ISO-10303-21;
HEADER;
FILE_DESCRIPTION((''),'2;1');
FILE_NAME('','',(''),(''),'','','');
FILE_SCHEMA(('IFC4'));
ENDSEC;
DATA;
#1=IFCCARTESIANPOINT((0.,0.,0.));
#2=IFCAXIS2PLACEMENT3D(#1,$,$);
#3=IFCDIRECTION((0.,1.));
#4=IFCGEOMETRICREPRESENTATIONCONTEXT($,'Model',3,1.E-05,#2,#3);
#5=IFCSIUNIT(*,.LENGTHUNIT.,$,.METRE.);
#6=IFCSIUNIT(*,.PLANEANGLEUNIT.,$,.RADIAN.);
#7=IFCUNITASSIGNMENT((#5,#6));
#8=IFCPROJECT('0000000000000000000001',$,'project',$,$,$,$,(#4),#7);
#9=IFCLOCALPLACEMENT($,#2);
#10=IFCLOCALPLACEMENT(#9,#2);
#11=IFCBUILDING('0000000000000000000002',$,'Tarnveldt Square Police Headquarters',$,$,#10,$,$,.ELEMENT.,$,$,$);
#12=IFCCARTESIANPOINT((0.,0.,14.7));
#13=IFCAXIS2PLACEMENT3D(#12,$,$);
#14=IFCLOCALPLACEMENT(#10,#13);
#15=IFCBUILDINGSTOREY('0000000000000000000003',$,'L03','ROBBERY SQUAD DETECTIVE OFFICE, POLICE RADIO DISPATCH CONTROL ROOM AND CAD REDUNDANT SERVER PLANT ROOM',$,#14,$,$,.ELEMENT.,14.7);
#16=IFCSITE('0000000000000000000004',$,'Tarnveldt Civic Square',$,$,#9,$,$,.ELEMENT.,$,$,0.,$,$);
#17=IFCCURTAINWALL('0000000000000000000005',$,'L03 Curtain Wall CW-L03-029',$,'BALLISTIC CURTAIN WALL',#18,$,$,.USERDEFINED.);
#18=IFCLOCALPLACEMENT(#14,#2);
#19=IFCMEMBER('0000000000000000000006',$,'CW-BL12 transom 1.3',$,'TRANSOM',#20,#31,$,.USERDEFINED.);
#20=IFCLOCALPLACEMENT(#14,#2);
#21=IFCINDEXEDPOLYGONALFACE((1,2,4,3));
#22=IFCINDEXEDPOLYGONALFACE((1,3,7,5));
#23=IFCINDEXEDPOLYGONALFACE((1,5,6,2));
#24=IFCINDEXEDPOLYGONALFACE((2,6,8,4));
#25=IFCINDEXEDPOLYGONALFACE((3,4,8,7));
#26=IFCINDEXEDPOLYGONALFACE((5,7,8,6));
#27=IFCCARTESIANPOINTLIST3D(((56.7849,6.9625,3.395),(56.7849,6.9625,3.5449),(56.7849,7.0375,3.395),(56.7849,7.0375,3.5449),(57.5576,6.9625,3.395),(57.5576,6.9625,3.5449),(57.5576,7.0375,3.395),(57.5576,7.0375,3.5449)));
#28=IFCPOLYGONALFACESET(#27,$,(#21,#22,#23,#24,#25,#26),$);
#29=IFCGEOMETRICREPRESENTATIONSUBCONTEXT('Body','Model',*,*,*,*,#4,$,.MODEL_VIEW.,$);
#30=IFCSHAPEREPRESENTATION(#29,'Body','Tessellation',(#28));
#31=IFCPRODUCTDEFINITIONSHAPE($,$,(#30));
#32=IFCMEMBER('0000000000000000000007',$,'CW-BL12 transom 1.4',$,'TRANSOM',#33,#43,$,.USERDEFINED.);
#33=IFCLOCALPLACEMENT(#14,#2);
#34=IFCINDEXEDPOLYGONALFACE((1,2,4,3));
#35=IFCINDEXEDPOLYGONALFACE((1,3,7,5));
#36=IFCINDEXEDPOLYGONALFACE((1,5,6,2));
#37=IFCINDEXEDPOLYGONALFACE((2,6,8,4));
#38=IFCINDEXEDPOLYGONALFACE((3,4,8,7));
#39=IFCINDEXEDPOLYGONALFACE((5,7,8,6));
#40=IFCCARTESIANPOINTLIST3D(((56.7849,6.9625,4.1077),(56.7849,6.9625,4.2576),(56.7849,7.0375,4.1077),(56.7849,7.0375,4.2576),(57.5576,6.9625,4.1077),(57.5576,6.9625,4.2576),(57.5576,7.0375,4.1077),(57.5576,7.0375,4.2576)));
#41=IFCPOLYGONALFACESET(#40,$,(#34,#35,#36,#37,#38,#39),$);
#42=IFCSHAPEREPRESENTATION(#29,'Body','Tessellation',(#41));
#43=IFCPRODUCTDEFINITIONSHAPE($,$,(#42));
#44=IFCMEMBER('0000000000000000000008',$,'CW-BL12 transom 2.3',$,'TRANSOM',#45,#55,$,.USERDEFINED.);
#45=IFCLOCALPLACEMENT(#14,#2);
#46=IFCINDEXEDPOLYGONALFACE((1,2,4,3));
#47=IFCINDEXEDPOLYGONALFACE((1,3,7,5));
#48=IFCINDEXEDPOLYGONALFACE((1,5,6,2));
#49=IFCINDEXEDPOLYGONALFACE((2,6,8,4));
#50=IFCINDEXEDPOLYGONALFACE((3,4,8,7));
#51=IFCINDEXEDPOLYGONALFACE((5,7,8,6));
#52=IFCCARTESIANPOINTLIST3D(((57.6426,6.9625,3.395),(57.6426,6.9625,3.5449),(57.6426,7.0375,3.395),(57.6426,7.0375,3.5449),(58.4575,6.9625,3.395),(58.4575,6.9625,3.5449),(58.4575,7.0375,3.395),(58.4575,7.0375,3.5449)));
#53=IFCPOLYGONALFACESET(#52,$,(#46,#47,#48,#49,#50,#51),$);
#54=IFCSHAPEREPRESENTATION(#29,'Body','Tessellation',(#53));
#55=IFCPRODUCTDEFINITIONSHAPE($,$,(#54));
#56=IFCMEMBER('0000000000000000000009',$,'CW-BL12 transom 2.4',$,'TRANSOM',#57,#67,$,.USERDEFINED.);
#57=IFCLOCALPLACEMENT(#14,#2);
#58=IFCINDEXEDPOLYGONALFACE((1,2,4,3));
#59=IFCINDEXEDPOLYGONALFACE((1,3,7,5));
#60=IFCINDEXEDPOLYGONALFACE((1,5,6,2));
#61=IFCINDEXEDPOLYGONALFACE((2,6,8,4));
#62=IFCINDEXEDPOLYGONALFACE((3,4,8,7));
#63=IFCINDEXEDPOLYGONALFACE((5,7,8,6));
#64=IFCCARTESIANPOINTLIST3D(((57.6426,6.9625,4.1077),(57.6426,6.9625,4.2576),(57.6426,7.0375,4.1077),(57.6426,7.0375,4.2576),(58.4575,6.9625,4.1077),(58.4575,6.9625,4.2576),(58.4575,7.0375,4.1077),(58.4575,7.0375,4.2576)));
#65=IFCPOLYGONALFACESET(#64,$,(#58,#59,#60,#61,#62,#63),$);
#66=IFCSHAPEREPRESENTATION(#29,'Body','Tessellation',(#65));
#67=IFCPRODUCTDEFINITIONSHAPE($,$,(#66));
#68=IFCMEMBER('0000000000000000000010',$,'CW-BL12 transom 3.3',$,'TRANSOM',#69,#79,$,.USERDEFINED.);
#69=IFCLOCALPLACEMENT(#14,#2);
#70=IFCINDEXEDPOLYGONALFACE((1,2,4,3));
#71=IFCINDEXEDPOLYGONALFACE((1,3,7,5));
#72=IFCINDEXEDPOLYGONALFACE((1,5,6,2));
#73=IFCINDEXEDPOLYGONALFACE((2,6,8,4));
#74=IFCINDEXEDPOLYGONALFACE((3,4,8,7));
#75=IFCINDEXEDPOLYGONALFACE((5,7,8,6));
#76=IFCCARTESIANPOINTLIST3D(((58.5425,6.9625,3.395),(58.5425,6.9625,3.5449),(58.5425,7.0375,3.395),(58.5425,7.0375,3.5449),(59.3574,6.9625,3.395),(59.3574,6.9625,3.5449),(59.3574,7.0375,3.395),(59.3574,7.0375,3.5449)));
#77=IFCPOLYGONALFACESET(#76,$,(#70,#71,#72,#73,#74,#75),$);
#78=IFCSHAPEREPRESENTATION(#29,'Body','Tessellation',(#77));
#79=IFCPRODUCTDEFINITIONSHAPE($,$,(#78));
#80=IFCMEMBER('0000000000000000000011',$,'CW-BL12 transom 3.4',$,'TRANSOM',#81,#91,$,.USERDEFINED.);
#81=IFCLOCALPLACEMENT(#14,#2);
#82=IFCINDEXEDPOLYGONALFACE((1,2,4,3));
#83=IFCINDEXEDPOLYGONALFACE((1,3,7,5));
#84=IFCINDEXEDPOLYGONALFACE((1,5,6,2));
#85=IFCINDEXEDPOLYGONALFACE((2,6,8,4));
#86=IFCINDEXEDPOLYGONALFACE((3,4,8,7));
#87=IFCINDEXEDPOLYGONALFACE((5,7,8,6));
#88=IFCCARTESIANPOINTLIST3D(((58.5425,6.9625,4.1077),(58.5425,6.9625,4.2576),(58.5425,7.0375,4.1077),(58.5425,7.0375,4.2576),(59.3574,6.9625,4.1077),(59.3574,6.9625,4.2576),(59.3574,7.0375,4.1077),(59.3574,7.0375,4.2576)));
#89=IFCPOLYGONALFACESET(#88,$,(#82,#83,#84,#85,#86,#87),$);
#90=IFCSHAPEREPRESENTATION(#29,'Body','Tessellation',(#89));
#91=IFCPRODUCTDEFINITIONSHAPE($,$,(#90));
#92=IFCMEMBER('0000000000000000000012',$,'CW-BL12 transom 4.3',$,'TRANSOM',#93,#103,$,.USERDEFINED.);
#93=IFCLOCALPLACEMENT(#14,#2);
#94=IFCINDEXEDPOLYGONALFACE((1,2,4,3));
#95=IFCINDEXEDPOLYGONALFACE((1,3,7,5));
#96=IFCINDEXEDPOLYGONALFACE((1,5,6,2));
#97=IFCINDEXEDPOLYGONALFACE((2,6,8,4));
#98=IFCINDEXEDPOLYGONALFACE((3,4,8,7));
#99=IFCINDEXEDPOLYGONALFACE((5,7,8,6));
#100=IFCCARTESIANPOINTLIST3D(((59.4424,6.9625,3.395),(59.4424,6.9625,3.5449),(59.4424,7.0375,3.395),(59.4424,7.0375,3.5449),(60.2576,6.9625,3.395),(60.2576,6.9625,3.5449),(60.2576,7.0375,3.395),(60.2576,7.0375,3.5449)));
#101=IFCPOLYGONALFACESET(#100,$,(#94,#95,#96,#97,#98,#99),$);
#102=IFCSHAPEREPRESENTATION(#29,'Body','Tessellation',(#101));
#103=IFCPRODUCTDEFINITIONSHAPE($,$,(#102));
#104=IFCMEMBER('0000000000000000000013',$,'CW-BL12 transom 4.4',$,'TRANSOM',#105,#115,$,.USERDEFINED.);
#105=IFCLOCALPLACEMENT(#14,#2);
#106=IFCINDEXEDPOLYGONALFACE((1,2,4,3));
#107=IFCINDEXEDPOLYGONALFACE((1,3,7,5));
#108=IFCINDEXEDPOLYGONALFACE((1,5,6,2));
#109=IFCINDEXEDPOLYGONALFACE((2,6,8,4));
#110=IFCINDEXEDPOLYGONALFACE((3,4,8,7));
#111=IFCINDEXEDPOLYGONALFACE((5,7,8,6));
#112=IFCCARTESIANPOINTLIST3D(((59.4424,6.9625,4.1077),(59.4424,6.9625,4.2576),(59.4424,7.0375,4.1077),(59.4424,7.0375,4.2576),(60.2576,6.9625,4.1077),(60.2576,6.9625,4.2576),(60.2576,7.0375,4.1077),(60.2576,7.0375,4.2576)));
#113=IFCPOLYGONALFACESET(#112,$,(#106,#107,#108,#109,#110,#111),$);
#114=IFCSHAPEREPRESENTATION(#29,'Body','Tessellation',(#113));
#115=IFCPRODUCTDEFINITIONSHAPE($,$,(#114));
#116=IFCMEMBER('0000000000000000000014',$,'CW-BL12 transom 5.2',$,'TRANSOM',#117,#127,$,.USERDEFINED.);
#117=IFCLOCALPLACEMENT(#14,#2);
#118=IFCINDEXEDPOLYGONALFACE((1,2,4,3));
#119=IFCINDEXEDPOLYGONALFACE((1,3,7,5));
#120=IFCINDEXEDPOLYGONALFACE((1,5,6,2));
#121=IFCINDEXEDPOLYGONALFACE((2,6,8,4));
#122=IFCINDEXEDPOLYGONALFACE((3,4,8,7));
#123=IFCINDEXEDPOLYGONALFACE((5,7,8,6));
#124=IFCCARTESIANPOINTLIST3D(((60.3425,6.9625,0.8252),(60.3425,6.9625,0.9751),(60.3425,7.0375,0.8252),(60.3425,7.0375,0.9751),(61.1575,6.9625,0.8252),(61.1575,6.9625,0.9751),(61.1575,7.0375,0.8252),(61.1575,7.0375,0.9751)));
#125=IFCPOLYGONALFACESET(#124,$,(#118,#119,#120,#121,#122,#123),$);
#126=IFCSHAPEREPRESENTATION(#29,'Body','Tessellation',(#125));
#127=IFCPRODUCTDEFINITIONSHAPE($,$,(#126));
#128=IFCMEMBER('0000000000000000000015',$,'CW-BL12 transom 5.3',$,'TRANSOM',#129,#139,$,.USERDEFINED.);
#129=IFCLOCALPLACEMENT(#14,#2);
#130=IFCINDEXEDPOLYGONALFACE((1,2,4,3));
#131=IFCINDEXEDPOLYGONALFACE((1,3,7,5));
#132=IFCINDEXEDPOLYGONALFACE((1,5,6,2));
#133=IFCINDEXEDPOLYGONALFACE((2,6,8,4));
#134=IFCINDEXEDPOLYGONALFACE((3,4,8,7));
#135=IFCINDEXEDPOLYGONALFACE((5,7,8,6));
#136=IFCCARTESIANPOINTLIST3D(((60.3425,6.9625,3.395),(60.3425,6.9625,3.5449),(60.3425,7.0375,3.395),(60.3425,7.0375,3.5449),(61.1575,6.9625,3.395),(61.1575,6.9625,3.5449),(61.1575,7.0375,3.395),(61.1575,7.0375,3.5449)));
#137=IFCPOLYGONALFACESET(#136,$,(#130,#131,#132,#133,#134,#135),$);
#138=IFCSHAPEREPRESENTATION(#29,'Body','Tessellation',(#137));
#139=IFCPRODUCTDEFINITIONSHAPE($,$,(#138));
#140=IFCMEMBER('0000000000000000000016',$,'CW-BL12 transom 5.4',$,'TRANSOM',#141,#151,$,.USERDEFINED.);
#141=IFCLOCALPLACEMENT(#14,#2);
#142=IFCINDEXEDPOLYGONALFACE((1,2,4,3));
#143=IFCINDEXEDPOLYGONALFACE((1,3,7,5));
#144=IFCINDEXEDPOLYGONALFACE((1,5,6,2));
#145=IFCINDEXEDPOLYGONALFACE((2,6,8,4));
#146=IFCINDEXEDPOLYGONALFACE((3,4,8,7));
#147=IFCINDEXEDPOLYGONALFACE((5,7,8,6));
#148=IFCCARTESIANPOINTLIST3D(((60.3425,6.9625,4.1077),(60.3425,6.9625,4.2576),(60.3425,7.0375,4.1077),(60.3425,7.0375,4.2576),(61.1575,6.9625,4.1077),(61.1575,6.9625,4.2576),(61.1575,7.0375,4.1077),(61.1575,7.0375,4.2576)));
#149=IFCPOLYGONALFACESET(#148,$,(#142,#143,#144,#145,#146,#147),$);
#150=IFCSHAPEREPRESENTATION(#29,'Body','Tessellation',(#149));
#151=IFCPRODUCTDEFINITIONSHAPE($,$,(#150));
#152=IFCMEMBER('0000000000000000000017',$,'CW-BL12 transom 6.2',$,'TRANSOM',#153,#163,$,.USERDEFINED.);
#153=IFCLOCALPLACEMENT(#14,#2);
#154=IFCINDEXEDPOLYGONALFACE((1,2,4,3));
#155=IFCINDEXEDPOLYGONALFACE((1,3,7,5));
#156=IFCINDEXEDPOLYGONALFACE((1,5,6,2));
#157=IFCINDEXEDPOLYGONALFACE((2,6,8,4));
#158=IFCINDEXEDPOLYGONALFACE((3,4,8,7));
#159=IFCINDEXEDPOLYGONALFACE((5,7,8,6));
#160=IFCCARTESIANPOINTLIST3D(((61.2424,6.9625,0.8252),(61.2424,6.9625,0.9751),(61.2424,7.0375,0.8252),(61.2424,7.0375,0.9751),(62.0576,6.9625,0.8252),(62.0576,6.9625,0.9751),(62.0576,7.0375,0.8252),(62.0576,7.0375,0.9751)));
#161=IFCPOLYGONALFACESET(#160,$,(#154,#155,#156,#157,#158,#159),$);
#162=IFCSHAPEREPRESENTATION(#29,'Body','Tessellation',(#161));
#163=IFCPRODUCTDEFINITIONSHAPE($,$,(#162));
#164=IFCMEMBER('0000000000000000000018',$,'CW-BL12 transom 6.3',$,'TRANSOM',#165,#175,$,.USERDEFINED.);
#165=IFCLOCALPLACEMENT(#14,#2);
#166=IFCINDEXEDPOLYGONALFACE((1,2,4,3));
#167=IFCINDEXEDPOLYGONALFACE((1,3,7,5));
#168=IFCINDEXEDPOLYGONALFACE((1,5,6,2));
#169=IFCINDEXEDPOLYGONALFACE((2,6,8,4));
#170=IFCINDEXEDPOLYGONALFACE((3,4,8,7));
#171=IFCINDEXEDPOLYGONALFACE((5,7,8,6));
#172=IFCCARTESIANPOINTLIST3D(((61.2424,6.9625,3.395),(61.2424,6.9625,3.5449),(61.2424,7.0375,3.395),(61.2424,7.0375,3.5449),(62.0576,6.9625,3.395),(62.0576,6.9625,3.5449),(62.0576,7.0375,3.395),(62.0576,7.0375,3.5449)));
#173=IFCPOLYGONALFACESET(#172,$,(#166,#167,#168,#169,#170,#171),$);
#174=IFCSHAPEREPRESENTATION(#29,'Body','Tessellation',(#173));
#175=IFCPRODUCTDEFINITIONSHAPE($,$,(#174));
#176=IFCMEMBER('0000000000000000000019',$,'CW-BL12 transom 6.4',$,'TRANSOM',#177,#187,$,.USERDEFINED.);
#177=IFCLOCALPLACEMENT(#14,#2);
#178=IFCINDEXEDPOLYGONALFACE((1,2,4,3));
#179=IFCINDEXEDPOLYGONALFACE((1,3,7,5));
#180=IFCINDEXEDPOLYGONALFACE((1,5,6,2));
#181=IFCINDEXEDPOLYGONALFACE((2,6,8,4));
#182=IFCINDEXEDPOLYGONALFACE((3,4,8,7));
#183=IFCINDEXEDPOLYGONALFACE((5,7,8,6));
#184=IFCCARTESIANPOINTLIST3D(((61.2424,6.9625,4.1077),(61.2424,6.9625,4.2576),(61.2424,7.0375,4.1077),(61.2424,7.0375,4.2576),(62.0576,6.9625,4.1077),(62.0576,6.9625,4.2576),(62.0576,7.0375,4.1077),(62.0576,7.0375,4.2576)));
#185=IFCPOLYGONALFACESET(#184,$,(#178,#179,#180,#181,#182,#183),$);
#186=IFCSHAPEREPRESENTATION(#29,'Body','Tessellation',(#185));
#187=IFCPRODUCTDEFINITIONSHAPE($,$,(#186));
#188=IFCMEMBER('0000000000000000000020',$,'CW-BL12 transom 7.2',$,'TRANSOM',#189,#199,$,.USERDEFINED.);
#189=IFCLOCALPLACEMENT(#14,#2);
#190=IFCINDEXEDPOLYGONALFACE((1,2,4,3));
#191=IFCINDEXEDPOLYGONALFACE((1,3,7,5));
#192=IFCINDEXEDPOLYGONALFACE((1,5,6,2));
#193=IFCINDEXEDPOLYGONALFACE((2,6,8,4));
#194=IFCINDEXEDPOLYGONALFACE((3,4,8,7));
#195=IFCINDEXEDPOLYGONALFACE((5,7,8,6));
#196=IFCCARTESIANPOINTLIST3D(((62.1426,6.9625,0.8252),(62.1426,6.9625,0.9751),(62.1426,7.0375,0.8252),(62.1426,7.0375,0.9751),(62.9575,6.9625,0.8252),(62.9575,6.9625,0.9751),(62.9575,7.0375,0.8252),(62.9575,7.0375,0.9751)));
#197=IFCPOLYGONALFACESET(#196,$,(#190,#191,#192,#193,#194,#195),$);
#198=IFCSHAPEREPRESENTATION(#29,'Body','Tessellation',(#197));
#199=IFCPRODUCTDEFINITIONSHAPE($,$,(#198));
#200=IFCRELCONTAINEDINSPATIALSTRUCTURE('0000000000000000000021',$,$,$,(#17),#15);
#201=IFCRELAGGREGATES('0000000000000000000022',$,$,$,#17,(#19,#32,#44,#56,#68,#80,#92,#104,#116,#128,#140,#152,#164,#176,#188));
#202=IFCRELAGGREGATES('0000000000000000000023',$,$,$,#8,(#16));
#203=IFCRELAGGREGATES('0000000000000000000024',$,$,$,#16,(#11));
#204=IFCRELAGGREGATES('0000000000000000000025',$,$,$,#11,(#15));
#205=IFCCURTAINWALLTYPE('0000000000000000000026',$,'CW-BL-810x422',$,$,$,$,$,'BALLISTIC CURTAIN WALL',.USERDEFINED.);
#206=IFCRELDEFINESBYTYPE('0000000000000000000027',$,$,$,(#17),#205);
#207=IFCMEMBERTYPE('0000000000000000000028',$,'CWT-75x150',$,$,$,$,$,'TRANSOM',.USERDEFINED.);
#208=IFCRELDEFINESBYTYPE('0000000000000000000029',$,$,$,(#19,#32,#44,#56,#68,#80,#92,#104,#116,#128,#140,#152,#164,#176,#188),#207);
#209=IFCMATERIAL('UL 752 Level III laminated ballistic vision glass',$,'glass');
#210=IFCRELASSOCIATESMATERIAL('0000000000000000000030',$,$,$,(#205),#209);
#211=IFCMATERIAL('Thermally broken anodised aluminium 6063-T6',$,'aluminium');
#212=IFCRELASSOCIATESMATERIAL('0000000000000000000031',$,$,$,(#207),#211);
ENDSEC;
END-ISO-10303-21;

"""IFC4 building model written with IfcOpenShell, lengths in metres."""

from ifc_helpers import new_model, si_unit, direction, frame, origin, origin_2d, place, context, subcontext, project, spatial, rectangle, extrude, material, material_profile, profile_set, type_object, element, aggregate, save


model = new_model("IFC4")

# Units and contexts
model_context = context("Model", 3, precision=1e-05, world=origin(), true_north=direction((0.0, 1.0)))
body_context = subcontext(model_context, "Body", "Model", "MODEL_VIEW")
ifc_project = project(units=[si_unit("LENGTHUNIT", "METRE"), si_unit("PLANEANGLEUNIT", "RADIAN")], contexts=[model_context])

# Site, building, storey
site_placement = place(None, origin())
site = spatial("IfcSite", under=ifc_project, at=site_placement, Name="Tarnveldt Civic Square", CompositionType="ELEMENT", RefElevation=0.0)
building_placement = place(site_placement, origin())
building = spatial("IfcBuilding", under=site, at=building_placement, Name="Tarnveldt Square Police Headquarters", CompositionType="ELEMENT")
storey_placement = place(building_placement, frame((0.0, 0.0, 14.7)))
storey = spatial("IfcBuildingStorey", under=building, at=storey_placement, Name="L03", Description="ROBBERY SQUAD DETECTIVE OFFICE, POLICE RADIO DISPATCH CONTROL ROOM AND CAD REDUNDANT SERVER PLANT ROOM", CompositionType="ELEMENT", Elevation=14.7)

# Curtain wall, members
ifc_material_1 = material(Name="UL 752 Level III laminated ballistic vision glass", Category="glass")
curtain_wall_type = type_object("IfcCurtainWallType", Name="CW-BL-810x422", ElementType="BALLISTIC CURTAIN WALL", PredefinedType="USERDEFINED", material=ifc_material_1)
curtain_wall_placement = place(storey_placement, origin())
curtain_wall = element("IfcCurtainWall", 1, at=curtain_wall_placement, inside=storey, type_object=curtain_wall_type, Name="L03 Curtain Wall CW-L03-029", ObjectType="BALLISTIC CURTAIN WALL", PredefinedType="USERDEFINED")
ifc_material_2 = material(Name="Thermally broken anodised aluminium 6063-T6", Category="aluminium")
ifc_material_profile_1 = material_profile(ifc_material_2, rectangle(XDim=0.075, YDim=0.1499, at=origin_2d()), Name="CW-T75x150")
ifc_profile_set_1 = profile_set([ifc_material_profile_1], Name="Thermally broken anodised aluminium 6063-T6")
member_type_1 = type_object("IfcMemberType", Name="CWT-75x150", ElementType="TRANSOM", PredefinedType="USERDEFINED", material=ifc_profile_set_1)
member_1_placement = place(storey_placement, frame((56.7849, 7.0, 3.47), z_axis=(1.0, 0.0, 0.0), x_axis=(0.0, 1.0, 0.0)))
member_1 = element("IfcMember", 2, at=member_1_placement, type_object=member_type_1, Name="CW-BL12 transom 1.3", ObjectType="TRANSOM", PredefinedType="USERDEFINED", context=body_context, shape_type="SweptSolid", body=[
    extrude(rectangle(XDim=0.075, YDim=0.1499, at=origin_2d()), origin(), (0.0, 0.0, 1.0), 0.7727),
])
member_2_placement = place(storey_placement, frame((56.7849, 7.0, 4.1826), z_axis=(1.0, 0.0, 0.0), x_axis=(0.0, 1.0, 0.0)))
member_2 = element("IfcMember", 3, at=member_2_placement, type_object=member_type_1, Name="CW-BL12 transom 1.4", ObjectType="TRANSOM", PredefinedType="USERDEFINED", context=body_context, shape_type="SweptSolid", body=[
    extrude(rectangle(XDim=0.075, YDim=0.1499, at=origin_2d()), origin(), (0.0, 0.0, 1.0), 0.7727),
])
member_3_placement = place(storey_placement, frame((57.6426, 7.0, 3.47), z_axis=(1.0, 0.0, 0.0), x_axis=(0.0, 1.0, 0.0)))
member_3 = element("IfcMember", 4, at=member_3_placement, type_object=member_type_1, Name="CW-BL12 transom 2.3", ObjectType="TRANSOM", PredefinedType="USERDEFINED", context=body_context, shape_type="SweptSolid", body=[
    extrude(rectangle(XDim=0.075, YDim=0.1499, at=origin_2d()), origin(), (0.0, 0.0, 1.0), 0.8149),
])
member_4_placement = place(storey_placement, frame((57.6426, 7.0, 4.1826), z_axis=(1.0, 0.0, 0.0), x_axis=(0.0, 1.0, 0.0)))
member_4 = element("IfcMember", 5, at=member_4_placement, type_object=member_type_1, Name="CW-BL12 transom 2.4", ObjectType="TRANSOM", PredefinedType="USERDEFINED", context=body_context, shape_type="SweptSolid", body=[
    extrude(rectangle(XDim=0.075, YDim=0.1499, at=origin_2d()), origin(), (0.0, 0.0, 1.0), 0.8149),
])
member_5_placement = place(storey_placement, frame((58.5425, 7.0, 3.47), z_axis=(1.0, 0.0, 0.0), x_axis=(0.0, 1.0, 0.0)))
member_5 = element("IfcMember", 6, at=member_5_placement, type_object=member_type_1, Name="CW-BL12 transom 3.3", ObjectType="TRANSOM", PredefinedType="USERDEFINED", context=body_context, shape_type="SweptSolid", body=[
    extrude(rectangle(XDim=0.075, YDim=0.1499, at=origin_2d()), origin(), (0.0, 0.0, 1.0), 0.8149),
])
member_6_placement = place(storey_placement, frame((58.5425, 7.0, 4.1826), z_axis=(1.0, 0.0, 0.0), x_axis=(0.0, 1.0, 0.0)))
member_6 = element("IfcMember", 7, at=member_6_placement, type_object=member_type_1, Name="CW-BL12 transom 3.4", ObjectType="TRANSOM", PredefinedType="USERDEFINED", context=body_context, shape_type="SweptSolid", body=[
    extrude(rectangle(XDim=0.075, YDim=0.1499, at=origin_2d()), origin(), (0.0, 0.0, 1.0), 0.8149),
])
member_7_placement = place(storey_placement, frame((59.4424, 7.0, 3.47), z_axis=(1.0, 0.0, 0.0), x_axis=(0.0, 1.0, 0.0)))
member_7 = element("IfcMember", 8, at=member_7_placement, type_object=member_type_1, Name="CW-BL12 transom 4.3", ObjectType="TRANSOM", PredefinedType="USERDEFINED", context=body_context, shape_type="SweptSolid", body=[
    extrude(rectangle(XDim=0.075, YDim=0.1499, at=origin_2d()), origin(), (0.0, 0.0, 1.0), 0.8152),
])
member_8_placement = place(storey_placement, frame((59.4424, 7.0, 4.1826), z_axis=(1.0, 0.0, 0.0), x_axis=(0.0, 1.0, 0.0)))
member_8 = element("IfcMember", 9, at=member_8_placement, type_object=member_type_1, Name="CW-BL12 transom 4.4", ObjectType="TRANSOM", PredefinedType="USERDEFINED", context=body_context, shape_type="SweptSolid", body=[
    extrude(rectangle(XDim=0.075, YDim=0.1499, at=origin_2d()), origin(), (0.0, 0.0, 1.0), 0.8152),
])
member_9_placement = place(storey_placement, frame((60.3425, 7.0, 0.9001), z_axis=(1.0, 0.0, 0.0), x_axis=(0.0, 1.0, 0.0)))
member_9 = element("IfcMember", 10, at=member_9_placement, type_object=member_type_1, Name="CW-BL12 transom 5.2", ObjectType="TRANSOM", PredefinedType="USERDEFINED", context=body_context, shape_type="SweptSolid", body=[
    extrude(rectangle(XDim=0.075, YDim=0.1499, at=origin_2d()), origin(), (0.0, 0.0, 1.0), 0.8149),
])
member_10_placement = place(storey_placement, frame((60.3425, 7.0, 3.47), z_axis=(1.0, 0.0, 0.0), x_axis=(0.0, 1.0, 0.0)))
member_10 = element("IfcMember", 11, at=member_10_placement, type_object=member_type_1, Name="CW-BL12 transom 5.3", ObjectType="TRANSOM", PredefinedType="USERDEFINED", context=body_context, shape_type="SweptSolid", body=[
    extrude(rectangle(XDim=0.075, YDim=0.1499, at=origin_2d()), origin(), (0.0, 0.0, 1.0), 0.8149),
])
member_11_placement = place(storey_placement, frame((60.3425, 7.0, 4.1826), z_axis=(1.0, 0.0, 0.0), x_axis=(0.0, 1.0, 0.0)))
member_11 = element("IfcMember", 12, at=member_11_placement, type_object=member_type_1, Name="CW-BL12 transom 5.4", ObjectType="TRANSOM", PredefinedType="USERDEFINED", context=body_context, shape_type="SweptSolid", body=[
    extrude(rectangle(XDim=0.075, YDim=0.1499, at=origin_2d()), origin(), (0.0, 0.0, 1.0), 0.8149),
])
member_12_placement = place(storey_placement, frame((61.2424, 7.0, 0.9001), z_axis=(1.0, 0.0, 0.0), x_axis=(0.0, 1.0, 0.0)))
member_12 = element("IfcMember", 13, at=member_12_placement, type_object=member_type_1, Name="CW-BL12 transom 6.2", ObjectType="TRANSOM", PredefinedType="USERDEFINED", context=body_context, shape_type="SweptSolid", body=[
    extrude(rectangle(XDim=0.075, YDim=0.1499, at=origin_2d()), origin(), (0.0, 0.0, 1.0), 0.8152),
])
member_13_placement = place(storey_placement, frame((61.2424, 7.0, 3.47), z_axis=(1.0, 0.0, 0.0), x_axis=(0.0, 1.0, 0.0)))
member_13 = element("IfcMember", 14, at=member_13_placement, type_object=member_type_1, Name="CW-BL12 transom 6.3", ObjectType="TRANSOM", PredefinedType="USERDEFINED", context=body_context, shape_type="SweptSolid", body=[
    extrude(rectangle(XDim=0.075, YDim=0.1499, at=origin_2d()), origin(), (0.0, 0.0, 1.0), 0.8152),
])
member_14_placement = place(storey_placement, frame((61.2424, 7.0, 4.1826), z_axis=(1.0, 0.0, 0.0), x_axis=(0.0, 1.0, 0.0)))
member_14 = element("IfcMember", 15, at=member_14_placement, type_object=member_type_1, Name="CW-BL12 transom 6.4", ObjectType="TRANSOM", PredefinedType="USERDEFINED", context=body_context, shape_type="SweptSolid", body=[
    extrude(rectangle(XDim=0.075, YDim=0.1499, at=origin_2d()), origin(), (0.0, 0.0, 1.0), 0.8152),
])
member_15_placement = place(storey_placement, frame((62.1426, 7.0, 0.9001), z_axis=(1.0, 0.0, 0.0), x_axis=(0.0, 1.0, 0.0)))
member_15 = element("IfcMember", 16, at=member_15_placement, type_object=member_type_1, Name="CW-BL12 transom 7.2", ObjectType="TRANSOM", PredefinedType="USERDEFINED", context=body_context, shape_type="SweptSolid", body=[
    extrude(rectangle(XDim=0.075, YDim=0.1499, at=origin_2d()), origin(), (0.0, 0.0, 1.0), 0.8149),
])

aggregate(curtain_wall, [member_1, member_2, member_3, member_4, member_5, member_6, member_7, member_8, member_9, member_10, member_11, member_12, member_13, member_14, member_15])

save(model, "model.ifc")
